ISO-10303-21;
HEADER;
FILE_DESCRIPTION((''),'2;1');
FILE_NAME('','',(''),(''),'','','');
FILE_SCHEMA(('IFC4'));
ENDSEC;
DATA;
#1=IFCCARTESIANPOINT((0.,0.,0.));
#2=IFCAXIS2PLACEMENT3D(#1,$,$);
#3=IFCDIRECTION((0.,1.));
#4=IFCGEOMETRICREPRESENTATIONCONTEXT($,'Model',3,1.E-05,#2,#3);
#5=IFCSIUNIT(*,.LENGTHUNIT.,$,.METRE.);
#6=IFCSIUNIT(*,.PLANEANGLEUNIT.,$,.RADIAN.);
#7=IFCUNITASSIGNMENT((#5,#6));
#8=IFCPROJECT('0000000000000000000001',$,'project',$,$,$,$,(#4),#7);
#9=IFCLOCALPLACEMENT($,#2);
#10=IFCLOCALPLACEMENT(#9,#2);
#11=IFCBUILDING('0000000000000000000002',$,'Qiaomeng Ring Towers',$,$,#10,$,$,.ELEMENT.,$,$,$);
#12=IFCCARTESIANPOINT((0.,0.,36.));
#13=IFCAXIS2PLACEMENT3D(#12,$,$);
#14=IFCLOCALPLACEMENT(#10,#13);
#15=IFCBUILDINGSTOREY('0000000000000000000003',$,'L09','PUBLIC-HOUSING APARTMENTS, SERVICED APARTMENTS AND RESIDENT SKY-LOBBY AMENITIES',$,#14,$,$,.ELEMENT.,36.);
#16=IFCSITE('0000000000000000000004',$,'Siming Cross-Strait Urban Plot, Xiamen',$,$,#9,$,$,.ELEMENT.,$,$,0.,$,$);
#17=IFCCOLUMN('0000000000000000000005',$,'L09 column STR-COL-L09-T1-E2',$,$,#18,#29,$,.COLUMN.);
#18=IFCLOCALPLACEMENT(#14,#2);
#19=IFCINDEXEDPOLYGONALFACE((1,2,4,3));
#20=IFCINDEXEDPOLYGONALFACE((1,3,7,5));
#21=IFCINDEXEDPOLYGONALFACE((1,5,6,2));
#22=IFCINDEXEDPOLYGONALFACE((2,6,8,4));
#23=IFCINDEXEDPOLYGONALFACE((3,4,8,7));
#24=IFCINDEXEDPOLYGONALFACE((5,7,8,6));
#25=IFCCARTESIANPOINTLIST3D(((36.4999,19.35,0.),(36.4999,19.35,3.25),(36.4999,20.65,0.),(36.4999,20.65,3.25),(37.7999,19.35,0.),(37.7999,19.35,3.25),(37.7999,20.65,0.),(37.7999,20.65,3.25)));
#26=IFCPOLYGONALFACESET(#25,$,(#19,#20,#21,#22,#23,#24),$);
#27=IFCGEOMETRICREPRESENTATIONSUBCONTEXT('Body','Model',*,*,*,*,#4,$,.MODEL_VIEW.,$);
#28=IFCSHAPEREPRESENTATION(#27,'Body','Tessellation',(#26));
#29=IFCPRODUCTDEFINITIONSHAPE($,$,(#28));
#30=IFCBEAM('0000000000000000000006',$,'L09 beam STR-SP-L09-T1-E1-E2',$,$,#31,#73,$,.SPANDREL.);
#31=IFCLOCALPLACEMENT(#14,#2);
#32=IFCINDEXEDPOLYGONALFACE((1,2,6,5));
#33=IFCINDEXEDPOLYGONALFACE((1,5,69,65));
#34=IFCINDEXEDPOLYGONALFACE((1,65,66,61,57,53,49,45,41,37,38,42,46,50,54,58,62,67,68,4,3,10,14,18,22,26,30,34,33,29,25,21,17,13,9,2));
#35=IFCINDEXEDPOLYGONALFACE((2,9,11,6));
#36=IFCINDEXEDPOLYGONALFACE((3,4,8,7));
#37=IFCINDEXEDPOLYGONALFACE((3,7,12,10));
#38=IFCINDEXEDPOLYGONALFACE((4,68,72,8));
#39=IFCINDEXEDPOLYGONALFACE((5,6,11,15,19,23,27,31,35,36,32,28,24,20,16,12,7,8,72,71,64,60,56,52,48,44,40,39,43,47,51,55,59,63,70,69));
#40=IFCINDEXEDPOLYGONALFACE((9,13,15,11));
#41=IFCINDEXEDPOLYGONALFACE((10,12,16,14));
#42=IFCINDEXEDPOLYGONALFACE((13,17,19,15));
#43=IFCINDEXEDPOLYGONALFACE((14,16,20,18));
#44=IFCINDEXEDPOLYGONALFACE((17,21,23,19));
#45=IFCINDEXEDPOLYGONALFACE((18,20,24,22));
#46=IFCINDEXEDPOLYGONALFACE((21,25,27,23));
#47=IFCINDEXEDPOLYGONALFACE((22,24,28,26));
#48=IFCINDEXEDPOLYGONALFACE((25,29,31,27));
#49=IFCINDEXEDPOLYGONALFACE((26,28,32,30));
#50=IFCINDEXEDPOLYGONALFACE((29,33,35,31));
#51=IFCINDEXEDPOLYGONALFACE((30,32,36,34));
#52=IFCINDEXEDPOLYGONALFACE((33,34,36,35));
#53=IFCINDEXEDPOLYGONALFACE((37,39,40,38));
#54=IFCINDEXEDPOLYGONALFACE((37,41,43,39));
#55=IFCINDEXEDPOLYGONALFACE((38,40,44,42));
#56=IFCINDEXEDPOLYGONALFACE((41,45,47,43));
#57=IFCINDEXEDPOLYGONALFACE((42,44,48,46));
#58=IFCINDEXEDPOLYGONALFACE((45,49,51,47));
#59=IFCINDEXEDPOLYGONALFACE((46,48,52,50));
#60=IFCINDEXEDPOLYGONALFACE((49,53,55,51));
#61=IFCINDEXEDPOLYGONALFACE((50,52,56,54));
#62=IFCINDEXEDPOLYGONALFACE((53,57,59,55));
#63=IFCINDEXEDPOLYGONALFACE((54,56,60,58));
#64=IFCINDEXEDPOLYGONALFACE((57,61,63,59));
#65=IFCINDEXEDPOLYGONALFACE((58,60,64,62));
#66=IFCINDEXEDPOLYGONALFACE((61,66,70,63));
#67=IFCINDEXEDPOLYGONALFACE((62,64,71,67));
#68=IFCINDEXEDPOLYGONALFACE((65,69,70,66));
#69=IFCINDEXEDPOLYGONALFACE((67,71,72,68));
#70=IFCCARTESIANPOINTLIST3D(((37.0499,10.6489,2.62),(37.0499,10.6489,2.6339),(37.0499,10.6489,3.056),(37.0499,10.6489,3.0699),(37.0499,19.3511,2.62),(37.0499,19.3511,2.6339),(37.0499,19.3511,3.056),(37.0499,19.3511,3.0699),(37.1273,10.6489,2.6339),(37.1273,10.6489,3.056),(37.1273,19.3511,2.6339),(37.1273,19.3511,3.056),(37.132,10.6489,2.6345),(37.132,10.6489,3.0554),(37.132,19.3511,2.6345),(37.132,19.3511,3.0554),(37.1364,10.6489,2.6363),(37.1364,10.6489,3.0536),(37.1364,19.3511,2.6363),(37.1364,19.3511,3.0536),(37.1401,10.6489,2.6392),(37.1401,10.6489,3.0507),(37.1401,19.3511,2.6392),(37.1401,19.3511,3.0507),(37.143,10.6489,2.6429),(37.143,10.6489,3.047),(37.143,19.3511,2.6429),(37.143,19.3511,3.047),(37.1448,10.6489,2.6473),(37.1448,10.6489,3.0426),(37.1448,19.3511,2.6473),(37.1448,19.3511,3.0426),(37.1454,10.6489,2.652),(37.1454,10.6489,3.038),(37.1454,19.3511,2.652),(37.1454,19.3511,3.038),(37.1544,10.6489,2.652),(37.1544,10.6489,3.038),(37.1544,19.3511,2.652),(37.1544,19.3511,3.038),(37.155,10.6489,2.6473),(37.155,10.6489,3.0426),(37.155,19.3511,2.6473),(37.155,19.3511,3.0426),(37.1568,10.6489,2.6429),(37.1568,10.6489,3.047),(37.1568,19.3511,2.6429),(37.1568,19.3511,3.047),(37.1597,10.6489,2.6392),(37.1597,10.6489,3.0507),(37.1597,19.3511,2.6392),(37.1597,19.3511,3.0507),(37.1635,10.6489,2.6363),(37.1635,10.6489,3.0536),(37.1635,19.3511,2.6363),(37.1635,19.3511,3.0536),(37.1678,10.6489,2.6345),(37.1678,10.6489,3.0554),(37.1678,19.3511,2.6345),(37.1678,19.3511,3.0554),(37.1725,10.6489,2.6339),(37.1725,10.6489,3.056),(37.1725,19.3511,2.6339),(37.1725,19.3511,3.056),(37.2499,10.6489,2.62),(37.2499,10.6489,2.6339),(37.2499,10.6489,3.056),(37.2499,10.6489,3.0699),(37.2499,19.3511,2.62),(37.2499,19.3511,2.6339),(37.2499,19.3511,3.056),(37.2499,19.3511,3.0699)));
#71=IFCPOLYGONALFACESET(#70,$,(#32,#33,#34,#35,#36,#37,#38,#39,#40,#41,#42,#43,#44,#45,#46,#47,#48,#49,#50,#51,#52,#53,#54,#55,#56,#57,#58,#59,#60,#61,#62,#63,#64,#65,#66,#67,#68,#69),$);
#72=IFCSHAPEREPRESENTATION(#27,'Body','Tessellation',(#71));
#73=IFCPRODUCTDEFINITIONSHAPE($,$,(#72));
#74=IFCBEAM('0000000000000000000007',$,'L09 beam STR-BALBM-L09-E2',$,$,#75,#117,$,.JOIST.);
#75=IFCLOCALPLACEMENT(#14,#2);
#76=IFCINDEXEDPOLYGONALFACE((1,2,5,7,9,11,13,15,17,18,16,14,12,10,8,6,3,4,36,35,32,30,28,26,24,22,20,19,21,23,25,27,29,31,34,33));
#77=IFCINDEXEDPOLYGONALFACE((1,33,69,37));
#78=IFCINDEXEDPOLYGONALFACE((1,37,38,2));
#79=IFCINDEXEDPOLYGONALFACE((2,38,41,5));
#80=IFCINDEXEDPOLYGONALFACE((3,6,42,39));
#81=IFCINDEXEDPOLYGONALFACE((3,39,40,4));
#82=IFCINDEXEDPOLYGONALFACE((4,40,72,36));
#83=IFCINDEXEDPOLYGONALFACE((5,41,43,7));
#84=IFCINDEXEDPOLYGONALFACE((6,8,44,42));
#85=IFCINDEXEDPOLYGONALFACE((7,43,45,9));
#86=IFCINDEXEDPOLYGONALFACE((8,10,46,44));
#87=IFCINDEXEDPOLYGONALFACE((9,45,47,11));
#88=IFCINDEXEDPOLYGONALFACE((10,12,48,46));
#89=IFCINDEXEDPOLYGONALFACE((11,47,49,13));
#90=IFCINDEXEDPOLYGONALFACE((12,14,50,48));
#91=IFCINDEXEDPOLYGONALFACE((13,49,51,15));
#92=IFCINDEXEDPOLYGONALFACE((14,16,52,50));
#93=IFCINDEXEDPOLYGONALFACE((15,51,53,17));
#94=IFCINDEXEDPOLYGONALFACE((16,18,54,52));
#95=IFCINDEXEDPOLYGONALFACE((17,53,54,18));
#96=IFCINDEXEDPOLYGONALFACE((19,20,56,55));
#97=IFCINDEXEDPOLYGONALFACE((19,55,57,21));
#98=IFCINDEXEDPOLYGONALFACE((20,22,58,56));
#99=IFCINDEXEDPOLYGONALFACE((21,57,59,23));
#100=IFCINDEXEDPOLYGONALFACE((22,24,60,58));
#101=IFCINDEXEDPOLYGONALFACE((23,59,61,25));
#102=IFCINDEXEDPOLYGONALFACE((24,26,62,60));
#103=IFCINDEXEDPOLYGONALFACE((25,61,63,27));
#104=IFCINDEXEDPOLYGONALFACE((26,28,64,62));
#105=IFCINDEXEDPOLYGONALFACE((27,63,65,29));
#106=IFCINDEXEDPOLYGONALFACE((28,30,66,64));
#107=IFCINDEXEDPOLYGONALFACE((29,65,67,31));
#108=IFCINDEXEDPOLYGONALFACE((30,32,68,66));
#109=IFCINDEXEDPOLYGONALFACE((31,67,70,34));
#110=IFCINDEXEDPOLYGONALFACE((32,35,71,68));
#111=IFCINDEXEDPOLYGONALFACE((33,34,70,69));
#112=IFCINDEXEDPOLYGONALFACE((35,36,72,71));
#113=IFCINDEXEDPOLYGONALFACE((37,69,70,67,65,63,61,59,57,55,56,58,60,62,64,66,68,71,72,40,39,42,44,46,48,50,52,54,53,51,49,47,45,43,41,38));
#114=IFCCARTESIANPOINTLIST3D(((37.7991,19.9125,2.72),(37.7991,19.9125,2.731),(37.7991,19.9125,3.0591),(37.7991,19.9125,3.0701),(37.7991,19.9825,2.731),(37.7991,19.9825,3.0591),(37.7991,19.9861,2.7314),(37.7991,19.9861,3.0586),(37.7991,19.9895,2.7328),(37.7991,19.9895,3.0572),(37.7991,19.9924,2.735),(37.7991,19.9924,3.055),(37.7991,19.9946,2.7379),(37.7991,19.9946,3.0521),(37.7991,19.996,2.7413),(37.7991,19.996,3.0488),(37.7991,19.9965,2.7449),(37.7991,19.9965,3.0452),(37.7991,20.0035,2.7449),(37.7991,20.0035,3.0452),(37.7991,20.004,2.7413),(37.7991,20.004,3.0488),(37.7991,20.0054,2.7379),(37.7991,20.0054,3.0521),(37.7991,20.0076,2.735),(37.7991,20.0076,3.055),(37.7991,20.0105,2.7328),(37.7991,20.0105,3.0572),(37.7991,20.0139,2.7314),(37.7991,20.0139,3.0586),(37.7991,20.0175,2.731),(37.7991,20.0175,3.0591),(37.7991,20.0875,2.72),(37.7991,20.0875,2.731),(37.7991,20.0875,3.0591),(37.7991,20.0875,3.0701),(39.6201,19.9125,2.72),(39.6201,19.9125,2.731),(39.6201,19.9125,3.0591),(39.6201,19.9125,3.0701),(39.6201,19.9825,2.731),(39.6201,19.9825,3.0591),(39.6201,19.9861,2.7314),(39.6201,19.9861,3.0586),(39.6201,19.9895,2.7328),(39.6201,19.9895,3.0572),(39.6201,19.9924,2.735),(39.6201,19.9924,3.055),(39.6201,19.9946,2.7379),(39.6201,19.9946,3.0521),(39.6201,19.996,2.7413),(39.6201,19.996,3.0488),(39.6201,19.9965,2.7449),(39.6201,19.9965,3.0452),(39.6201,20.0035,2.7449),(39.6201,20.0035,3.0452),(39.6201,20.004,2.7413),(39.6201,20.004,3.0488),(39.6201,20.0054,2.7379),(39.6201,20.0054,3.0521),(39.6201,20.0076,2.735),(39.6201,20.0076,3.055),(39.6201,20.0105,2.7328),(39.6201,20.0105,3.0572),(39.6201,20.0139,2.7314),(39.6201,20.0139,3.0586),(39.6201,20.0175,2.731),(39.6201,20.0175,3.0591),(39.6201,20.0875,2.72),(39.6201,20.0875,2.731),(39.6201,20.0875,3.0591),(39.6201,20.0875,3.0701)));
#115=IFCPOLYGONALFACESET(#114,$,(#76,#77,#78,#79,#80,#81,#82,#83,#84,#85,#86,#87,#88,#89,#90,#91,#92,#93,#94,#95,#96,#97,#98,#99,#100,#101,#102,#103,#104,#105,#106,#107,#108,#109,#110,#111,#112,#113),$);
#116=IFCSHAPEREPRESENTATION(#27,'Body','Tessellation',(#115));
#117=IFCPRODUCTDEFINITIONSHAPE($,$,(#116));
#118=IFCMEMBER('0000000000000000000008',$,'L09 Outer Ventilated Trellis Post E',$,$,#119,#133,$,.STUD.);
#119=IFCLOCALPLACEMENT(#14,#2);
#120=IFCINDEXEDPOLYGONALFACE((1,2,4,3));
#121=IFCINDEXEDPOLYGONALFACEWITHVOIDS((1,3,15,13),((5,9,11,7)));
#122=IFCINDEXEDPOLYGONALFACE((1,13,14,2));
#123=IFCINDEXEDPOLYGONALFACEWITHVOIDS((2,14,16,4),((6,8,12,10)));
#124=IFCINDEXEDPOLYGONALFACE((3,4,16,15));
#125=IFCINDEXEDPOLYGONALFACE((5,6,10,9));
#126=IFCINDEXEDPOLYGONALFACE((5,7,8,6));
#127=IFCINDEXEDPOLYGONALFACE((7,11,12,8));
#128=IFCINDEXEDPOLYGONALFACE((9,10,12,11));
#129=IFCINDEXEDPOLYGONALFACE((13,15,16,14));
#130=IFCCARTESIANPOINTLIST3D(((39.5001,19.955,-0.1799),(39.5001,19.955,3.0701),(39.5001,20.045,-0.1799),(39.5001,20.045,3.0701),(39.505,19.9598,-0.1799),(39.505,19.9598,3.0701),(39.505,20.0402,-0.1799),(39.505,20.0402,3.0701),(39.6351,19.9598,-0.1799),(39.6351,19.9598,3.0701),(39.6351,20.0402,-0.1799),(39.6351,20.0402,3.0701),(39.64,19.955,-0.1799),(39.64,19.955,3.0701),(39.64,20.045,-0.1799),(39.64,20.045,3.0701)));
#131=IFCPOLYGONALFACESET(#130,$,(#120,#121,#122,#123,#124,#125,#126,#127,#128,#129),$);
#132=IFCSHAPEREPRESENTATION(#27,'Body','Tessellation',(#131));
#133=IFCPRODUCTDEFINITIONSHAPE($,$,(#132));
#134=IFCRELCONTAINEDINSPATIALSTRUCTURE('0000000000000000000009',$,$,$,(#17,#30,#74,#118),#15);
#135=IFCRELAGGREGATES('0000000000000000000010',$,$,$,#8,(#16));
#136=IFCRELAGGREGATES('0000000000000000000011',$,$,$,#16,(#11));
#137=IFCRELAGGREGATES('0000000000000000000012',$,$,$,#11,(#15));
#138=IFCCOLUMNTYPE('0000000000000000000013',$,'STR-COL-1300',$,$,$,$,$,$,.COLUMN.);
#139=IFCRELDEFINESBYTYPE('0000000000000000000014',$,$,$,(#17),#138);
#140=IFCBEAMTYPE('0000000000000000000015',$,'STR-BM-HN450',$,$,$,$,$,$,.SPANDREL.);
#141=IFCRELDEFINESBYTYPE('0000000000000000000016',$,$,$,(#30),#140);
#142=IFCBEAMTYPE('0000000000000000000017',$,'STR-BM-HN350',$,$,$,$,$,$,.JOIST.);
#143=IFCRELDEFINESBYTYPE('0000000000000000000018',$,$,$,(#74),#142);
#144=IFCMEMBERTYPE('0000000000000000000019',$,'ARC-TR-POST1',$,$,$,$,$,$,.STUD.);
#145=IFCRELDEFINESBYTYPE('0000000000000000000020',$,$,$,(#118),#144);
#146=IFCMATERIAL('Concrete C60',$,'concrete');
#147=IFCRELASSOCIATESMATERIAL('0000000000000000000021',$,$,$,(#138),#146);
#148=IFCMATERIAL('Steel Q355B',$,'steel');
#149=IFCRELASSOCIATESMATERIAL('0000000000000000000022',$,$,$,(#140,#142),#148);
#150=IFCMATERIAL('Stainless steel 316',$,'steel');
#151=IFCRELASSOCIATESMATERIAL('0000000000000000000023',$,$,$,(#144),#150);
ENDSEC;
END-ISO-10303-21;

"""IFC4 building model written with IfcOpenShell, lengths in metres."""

from ifc_helpers import new_model, si_unit, direction, frame, origin, origin_2d, place, context, subcontext, project, spatial, rectangle, hollow_rectangle, i_section, extrude, source, transform, mapped, material, material_profile, profile_set, type_object, element, save


model = new_model("IFC4")

# Units and contexts
model_context = context("Model", 3, precision=1e-05, world=origin(), true_north=direction((0.0, 1.0)))
body_context = subcontext(model_context, "Body", "Model", "MODEL_VIEW")
ifc_project = project(units=[si_unit("LENGTHUNIT", "METRE"), si_unit("PLANEANGLEUNIT", "RADIAN")], contexts=[model_context])

# Site, building, storey
site_placement = place(None, origin())
site = spatial("IfcSite", under=ifc_project, at=site_placement, Name="Siming Cross-Strait Urban Plot, Xiamen", CompositionType="ELEMENT", RefElevation=0.0)
building_placement = place(site_placement, origin())
building = spatial("IfcBuilding", under=site, at=building_placement, Name="Qiaomeng Ring Towers", CompositionType="ELEMENT")
storey_placement = place(building_placement, frame((0.0, 0.0, 36.0)))
storey = spatial("IfcBuildingStorey", under=building, at=storey_placement, Name="L09", Description="PUBLIC-HOUSING APARTMENTS, SERVICED APARTMENTS AND RESIDENT SKY-LOBBY AMENITIES", CompositionType="ELEMENT", Elevation=36.0)

# Column
ifc_material_1 = material(Name="Concrete C60", Category="concrete")
ifc_material_profile_1 = material_profile(ifc_material_1, rectangle(XDim=1.3, YDim=1.3, at=origin_2d()), Name="RC COL 1300x1300")
ifc_profile_set_1 = profile_set([ifc_material_profile_1], Name="Concrete C60")
column_type = type_object("IfcColumnType", Name="STR-COL-1300", PredefinedType="COLUMN", material=ifc_profile_set_1)
shared_shape_1 = source(origin(), body_context, "Body", "SweptSolid", [
    extrude(rectangle(XDim=1.3, YDim=1.3, at=origin_2d()), origin(), (0.0, 0.0, 1.0), 3.25),
])
column_placement = place(storey_placement, frame((37.1499, 20.0, 0.0), z_axis=(0.0, 0.0, 1.0), x_axis=(1.0, 0.0, 0.0)))
element("IfcColumn", 1, at=column_placement, inside=storey, type_object=column_type, Name="L09 column STR-COL-L09-T1-E2", PredefinedType="COLUMN", context=body_context, shape_type="MappedRepresentation", body=[
    mapped(shared_shape_1, transform((0.0, 0.0, 0.0), x_axis=(1.0, 0.0, 0.0), y_axis=(0.0, 1.0, 0.0), z_axis=(0.0, 0.0, 1.0), scale=1.0)),
])

# Beams
ifc_material_2 = material(Name="Steel Q355B", Category="steel")
ifc_material_profile_2 = material_profile(ifc_material_2, i_section(OverallWidth=0.2, OverallDepth=0.45, WebThickness=0.009, FlangeThickness=0.0139, FilletRadius=0.0181, at=origin_2d()), Name="HN 450x200x9x14")
ifc_profile_set_2 = profile_set([ifc_material_profile_2], Name="Steel Q355B")
beam_type_1 = type_object("IfcBeamType", Name="STR-BM-HN450", PredefinedType="SPANDREL", material=ifc_profile_set_2)
shared_shape_2 = source(origin(), body_context, "Body", "SweptSolid", [
    extrude(i_section(OverallWidth=0.2, OverallDepth=0.45, WebThickness=0.009, FlangeThickness=0.0139, FilletRadius=0.0181, at=origin_2d()), origin(), (0.0, 0.0, 1.0), 8.7021),
])
beam_1_placement = place(storey_placement, frame((37.1499, 10.6489, 2.845), z_axis=(0.0, 1.0, 0.0), x_axis=(-1.0, 0.0, 0.0)))
element("IfcBeam", 2, at=beam_1_placement, inside=storey, type_object=beam_type_1, Name="L09 beam STR-SP-L09-T1-E1-E2", PredefinedType="SPANDREL", context=body_context, shape_type="MappedRepresentation", body=[
    mapped(shared_shape_2, transform((0.0, 0.0, 0.0), x_axis=(1.0, 0.0, 0.0), y_axis=(0.0, 1.0, 0.0), z_axis=(0.0, 0.0, 1.0), scale=1.0)),
])
ifc_material_profile_3 = material_profile(ifc_material_2, i_section(OverallWidth=0.175, OverallDepth=0.3501, WebThickness=0.0071, FlangeThickness=0.011, FilletRadius=0.0139, at=origin_2d()), Name="HN 350x175x7x11")
ifc_profile_set_3 = profile_set([ifc_material_profile_3], Name="Steel Q355B")
beam_type_2 = type_object("IfcBeamType", Name="STR-BM-HN350", PredefinedType="JOIST", material=ifc_profile_set_3)
shared_shape_3 = source(origin(), body_context, "Body", "SweptSolid", [
    extrude(i_section(OverallWidth=0.175, OverallDepth=0.3501, WebThickness=0.0071, FlangeThickness=0.011, FilletRadius=0.0139, at=origin_2d()), origin(), (0.0, 0.0, 1.0), 1.821),
])
beam_2_placement = place(storey_placement, frame((37.7991, 20.0, 2.895), z_axis=(1.0, 0.0, 0.0), x_axis=(0.0, 1.0, 0.0)))
element("IfcBeam", 3, at=beam_2_placement, inside=storey, type_object=beam_type_2, Name="L09 beam STR-BALBM-L09-E2", PredefinedType="JOIST", context=body_context, shape_type="MappedRepresentation", body=[
    mapped(shared_shape_3, transform((0.0, 0.0, 0.0), x_axis=(1.0, 0.0, 0.0), y_axis=(0.0, 1.0, 0.0), z_axis=(0.0, 0.0, 1.0), scale=1.0)),
])

# Member
ifc_material_3 = material(Name="Stainless steel 316", Category="steel")
ifc_material_profile_4 = material_profile(ifc_material_3, hollow_rectangle(XDim=0.0901, YDim=0.1399, WallThickness=0.0049, at=origin_2d()), Name="SS TRELLIS 90x140")
ifc_profile_set_4 = profile_set([ifc_material_profile_4], Name="Stainless steel 316")
member_type = type_object("IfcMemberType", Name="ARC-TR-POST1", PredefinedType="STUD", material=ifc_profile_set_4)
shared_shape_4 = source(origin(), body_context, "Body", "SweptSolid", [
    extrude(hollow_rectangle(XDim=0.0901, YDim=0.1399, WallThickness=0.0049, at=origin_2d()), origin(), (0.0, 0.0, 1.0), 3.25),
])
member_placement = place(storey_placement, frame((39.5701, 20.0, -0.1799), z_axis=(0.0, 0.0, 1.0), x_axis=(0.0, 1.0, 0.0)))
element("IfcMember", 4, at=member_placement, inside=storey, type_object=member_type, Name="L09 Outer Ventilated Trellis Post E", PredefinedType="STUD", context=body_context, shape_type="MappedRepresentation", body=[
    mapped(shared_shape_4, transform((0.0, 0.0, 0.0), x_axis=(1.0, 0.0, 0.0), y_axis=(0.0, 1.0, 0.0), z_axis=(0.0, 0.0, 1.0), scale=1.0)),
])

save(model, "model.ifc")
